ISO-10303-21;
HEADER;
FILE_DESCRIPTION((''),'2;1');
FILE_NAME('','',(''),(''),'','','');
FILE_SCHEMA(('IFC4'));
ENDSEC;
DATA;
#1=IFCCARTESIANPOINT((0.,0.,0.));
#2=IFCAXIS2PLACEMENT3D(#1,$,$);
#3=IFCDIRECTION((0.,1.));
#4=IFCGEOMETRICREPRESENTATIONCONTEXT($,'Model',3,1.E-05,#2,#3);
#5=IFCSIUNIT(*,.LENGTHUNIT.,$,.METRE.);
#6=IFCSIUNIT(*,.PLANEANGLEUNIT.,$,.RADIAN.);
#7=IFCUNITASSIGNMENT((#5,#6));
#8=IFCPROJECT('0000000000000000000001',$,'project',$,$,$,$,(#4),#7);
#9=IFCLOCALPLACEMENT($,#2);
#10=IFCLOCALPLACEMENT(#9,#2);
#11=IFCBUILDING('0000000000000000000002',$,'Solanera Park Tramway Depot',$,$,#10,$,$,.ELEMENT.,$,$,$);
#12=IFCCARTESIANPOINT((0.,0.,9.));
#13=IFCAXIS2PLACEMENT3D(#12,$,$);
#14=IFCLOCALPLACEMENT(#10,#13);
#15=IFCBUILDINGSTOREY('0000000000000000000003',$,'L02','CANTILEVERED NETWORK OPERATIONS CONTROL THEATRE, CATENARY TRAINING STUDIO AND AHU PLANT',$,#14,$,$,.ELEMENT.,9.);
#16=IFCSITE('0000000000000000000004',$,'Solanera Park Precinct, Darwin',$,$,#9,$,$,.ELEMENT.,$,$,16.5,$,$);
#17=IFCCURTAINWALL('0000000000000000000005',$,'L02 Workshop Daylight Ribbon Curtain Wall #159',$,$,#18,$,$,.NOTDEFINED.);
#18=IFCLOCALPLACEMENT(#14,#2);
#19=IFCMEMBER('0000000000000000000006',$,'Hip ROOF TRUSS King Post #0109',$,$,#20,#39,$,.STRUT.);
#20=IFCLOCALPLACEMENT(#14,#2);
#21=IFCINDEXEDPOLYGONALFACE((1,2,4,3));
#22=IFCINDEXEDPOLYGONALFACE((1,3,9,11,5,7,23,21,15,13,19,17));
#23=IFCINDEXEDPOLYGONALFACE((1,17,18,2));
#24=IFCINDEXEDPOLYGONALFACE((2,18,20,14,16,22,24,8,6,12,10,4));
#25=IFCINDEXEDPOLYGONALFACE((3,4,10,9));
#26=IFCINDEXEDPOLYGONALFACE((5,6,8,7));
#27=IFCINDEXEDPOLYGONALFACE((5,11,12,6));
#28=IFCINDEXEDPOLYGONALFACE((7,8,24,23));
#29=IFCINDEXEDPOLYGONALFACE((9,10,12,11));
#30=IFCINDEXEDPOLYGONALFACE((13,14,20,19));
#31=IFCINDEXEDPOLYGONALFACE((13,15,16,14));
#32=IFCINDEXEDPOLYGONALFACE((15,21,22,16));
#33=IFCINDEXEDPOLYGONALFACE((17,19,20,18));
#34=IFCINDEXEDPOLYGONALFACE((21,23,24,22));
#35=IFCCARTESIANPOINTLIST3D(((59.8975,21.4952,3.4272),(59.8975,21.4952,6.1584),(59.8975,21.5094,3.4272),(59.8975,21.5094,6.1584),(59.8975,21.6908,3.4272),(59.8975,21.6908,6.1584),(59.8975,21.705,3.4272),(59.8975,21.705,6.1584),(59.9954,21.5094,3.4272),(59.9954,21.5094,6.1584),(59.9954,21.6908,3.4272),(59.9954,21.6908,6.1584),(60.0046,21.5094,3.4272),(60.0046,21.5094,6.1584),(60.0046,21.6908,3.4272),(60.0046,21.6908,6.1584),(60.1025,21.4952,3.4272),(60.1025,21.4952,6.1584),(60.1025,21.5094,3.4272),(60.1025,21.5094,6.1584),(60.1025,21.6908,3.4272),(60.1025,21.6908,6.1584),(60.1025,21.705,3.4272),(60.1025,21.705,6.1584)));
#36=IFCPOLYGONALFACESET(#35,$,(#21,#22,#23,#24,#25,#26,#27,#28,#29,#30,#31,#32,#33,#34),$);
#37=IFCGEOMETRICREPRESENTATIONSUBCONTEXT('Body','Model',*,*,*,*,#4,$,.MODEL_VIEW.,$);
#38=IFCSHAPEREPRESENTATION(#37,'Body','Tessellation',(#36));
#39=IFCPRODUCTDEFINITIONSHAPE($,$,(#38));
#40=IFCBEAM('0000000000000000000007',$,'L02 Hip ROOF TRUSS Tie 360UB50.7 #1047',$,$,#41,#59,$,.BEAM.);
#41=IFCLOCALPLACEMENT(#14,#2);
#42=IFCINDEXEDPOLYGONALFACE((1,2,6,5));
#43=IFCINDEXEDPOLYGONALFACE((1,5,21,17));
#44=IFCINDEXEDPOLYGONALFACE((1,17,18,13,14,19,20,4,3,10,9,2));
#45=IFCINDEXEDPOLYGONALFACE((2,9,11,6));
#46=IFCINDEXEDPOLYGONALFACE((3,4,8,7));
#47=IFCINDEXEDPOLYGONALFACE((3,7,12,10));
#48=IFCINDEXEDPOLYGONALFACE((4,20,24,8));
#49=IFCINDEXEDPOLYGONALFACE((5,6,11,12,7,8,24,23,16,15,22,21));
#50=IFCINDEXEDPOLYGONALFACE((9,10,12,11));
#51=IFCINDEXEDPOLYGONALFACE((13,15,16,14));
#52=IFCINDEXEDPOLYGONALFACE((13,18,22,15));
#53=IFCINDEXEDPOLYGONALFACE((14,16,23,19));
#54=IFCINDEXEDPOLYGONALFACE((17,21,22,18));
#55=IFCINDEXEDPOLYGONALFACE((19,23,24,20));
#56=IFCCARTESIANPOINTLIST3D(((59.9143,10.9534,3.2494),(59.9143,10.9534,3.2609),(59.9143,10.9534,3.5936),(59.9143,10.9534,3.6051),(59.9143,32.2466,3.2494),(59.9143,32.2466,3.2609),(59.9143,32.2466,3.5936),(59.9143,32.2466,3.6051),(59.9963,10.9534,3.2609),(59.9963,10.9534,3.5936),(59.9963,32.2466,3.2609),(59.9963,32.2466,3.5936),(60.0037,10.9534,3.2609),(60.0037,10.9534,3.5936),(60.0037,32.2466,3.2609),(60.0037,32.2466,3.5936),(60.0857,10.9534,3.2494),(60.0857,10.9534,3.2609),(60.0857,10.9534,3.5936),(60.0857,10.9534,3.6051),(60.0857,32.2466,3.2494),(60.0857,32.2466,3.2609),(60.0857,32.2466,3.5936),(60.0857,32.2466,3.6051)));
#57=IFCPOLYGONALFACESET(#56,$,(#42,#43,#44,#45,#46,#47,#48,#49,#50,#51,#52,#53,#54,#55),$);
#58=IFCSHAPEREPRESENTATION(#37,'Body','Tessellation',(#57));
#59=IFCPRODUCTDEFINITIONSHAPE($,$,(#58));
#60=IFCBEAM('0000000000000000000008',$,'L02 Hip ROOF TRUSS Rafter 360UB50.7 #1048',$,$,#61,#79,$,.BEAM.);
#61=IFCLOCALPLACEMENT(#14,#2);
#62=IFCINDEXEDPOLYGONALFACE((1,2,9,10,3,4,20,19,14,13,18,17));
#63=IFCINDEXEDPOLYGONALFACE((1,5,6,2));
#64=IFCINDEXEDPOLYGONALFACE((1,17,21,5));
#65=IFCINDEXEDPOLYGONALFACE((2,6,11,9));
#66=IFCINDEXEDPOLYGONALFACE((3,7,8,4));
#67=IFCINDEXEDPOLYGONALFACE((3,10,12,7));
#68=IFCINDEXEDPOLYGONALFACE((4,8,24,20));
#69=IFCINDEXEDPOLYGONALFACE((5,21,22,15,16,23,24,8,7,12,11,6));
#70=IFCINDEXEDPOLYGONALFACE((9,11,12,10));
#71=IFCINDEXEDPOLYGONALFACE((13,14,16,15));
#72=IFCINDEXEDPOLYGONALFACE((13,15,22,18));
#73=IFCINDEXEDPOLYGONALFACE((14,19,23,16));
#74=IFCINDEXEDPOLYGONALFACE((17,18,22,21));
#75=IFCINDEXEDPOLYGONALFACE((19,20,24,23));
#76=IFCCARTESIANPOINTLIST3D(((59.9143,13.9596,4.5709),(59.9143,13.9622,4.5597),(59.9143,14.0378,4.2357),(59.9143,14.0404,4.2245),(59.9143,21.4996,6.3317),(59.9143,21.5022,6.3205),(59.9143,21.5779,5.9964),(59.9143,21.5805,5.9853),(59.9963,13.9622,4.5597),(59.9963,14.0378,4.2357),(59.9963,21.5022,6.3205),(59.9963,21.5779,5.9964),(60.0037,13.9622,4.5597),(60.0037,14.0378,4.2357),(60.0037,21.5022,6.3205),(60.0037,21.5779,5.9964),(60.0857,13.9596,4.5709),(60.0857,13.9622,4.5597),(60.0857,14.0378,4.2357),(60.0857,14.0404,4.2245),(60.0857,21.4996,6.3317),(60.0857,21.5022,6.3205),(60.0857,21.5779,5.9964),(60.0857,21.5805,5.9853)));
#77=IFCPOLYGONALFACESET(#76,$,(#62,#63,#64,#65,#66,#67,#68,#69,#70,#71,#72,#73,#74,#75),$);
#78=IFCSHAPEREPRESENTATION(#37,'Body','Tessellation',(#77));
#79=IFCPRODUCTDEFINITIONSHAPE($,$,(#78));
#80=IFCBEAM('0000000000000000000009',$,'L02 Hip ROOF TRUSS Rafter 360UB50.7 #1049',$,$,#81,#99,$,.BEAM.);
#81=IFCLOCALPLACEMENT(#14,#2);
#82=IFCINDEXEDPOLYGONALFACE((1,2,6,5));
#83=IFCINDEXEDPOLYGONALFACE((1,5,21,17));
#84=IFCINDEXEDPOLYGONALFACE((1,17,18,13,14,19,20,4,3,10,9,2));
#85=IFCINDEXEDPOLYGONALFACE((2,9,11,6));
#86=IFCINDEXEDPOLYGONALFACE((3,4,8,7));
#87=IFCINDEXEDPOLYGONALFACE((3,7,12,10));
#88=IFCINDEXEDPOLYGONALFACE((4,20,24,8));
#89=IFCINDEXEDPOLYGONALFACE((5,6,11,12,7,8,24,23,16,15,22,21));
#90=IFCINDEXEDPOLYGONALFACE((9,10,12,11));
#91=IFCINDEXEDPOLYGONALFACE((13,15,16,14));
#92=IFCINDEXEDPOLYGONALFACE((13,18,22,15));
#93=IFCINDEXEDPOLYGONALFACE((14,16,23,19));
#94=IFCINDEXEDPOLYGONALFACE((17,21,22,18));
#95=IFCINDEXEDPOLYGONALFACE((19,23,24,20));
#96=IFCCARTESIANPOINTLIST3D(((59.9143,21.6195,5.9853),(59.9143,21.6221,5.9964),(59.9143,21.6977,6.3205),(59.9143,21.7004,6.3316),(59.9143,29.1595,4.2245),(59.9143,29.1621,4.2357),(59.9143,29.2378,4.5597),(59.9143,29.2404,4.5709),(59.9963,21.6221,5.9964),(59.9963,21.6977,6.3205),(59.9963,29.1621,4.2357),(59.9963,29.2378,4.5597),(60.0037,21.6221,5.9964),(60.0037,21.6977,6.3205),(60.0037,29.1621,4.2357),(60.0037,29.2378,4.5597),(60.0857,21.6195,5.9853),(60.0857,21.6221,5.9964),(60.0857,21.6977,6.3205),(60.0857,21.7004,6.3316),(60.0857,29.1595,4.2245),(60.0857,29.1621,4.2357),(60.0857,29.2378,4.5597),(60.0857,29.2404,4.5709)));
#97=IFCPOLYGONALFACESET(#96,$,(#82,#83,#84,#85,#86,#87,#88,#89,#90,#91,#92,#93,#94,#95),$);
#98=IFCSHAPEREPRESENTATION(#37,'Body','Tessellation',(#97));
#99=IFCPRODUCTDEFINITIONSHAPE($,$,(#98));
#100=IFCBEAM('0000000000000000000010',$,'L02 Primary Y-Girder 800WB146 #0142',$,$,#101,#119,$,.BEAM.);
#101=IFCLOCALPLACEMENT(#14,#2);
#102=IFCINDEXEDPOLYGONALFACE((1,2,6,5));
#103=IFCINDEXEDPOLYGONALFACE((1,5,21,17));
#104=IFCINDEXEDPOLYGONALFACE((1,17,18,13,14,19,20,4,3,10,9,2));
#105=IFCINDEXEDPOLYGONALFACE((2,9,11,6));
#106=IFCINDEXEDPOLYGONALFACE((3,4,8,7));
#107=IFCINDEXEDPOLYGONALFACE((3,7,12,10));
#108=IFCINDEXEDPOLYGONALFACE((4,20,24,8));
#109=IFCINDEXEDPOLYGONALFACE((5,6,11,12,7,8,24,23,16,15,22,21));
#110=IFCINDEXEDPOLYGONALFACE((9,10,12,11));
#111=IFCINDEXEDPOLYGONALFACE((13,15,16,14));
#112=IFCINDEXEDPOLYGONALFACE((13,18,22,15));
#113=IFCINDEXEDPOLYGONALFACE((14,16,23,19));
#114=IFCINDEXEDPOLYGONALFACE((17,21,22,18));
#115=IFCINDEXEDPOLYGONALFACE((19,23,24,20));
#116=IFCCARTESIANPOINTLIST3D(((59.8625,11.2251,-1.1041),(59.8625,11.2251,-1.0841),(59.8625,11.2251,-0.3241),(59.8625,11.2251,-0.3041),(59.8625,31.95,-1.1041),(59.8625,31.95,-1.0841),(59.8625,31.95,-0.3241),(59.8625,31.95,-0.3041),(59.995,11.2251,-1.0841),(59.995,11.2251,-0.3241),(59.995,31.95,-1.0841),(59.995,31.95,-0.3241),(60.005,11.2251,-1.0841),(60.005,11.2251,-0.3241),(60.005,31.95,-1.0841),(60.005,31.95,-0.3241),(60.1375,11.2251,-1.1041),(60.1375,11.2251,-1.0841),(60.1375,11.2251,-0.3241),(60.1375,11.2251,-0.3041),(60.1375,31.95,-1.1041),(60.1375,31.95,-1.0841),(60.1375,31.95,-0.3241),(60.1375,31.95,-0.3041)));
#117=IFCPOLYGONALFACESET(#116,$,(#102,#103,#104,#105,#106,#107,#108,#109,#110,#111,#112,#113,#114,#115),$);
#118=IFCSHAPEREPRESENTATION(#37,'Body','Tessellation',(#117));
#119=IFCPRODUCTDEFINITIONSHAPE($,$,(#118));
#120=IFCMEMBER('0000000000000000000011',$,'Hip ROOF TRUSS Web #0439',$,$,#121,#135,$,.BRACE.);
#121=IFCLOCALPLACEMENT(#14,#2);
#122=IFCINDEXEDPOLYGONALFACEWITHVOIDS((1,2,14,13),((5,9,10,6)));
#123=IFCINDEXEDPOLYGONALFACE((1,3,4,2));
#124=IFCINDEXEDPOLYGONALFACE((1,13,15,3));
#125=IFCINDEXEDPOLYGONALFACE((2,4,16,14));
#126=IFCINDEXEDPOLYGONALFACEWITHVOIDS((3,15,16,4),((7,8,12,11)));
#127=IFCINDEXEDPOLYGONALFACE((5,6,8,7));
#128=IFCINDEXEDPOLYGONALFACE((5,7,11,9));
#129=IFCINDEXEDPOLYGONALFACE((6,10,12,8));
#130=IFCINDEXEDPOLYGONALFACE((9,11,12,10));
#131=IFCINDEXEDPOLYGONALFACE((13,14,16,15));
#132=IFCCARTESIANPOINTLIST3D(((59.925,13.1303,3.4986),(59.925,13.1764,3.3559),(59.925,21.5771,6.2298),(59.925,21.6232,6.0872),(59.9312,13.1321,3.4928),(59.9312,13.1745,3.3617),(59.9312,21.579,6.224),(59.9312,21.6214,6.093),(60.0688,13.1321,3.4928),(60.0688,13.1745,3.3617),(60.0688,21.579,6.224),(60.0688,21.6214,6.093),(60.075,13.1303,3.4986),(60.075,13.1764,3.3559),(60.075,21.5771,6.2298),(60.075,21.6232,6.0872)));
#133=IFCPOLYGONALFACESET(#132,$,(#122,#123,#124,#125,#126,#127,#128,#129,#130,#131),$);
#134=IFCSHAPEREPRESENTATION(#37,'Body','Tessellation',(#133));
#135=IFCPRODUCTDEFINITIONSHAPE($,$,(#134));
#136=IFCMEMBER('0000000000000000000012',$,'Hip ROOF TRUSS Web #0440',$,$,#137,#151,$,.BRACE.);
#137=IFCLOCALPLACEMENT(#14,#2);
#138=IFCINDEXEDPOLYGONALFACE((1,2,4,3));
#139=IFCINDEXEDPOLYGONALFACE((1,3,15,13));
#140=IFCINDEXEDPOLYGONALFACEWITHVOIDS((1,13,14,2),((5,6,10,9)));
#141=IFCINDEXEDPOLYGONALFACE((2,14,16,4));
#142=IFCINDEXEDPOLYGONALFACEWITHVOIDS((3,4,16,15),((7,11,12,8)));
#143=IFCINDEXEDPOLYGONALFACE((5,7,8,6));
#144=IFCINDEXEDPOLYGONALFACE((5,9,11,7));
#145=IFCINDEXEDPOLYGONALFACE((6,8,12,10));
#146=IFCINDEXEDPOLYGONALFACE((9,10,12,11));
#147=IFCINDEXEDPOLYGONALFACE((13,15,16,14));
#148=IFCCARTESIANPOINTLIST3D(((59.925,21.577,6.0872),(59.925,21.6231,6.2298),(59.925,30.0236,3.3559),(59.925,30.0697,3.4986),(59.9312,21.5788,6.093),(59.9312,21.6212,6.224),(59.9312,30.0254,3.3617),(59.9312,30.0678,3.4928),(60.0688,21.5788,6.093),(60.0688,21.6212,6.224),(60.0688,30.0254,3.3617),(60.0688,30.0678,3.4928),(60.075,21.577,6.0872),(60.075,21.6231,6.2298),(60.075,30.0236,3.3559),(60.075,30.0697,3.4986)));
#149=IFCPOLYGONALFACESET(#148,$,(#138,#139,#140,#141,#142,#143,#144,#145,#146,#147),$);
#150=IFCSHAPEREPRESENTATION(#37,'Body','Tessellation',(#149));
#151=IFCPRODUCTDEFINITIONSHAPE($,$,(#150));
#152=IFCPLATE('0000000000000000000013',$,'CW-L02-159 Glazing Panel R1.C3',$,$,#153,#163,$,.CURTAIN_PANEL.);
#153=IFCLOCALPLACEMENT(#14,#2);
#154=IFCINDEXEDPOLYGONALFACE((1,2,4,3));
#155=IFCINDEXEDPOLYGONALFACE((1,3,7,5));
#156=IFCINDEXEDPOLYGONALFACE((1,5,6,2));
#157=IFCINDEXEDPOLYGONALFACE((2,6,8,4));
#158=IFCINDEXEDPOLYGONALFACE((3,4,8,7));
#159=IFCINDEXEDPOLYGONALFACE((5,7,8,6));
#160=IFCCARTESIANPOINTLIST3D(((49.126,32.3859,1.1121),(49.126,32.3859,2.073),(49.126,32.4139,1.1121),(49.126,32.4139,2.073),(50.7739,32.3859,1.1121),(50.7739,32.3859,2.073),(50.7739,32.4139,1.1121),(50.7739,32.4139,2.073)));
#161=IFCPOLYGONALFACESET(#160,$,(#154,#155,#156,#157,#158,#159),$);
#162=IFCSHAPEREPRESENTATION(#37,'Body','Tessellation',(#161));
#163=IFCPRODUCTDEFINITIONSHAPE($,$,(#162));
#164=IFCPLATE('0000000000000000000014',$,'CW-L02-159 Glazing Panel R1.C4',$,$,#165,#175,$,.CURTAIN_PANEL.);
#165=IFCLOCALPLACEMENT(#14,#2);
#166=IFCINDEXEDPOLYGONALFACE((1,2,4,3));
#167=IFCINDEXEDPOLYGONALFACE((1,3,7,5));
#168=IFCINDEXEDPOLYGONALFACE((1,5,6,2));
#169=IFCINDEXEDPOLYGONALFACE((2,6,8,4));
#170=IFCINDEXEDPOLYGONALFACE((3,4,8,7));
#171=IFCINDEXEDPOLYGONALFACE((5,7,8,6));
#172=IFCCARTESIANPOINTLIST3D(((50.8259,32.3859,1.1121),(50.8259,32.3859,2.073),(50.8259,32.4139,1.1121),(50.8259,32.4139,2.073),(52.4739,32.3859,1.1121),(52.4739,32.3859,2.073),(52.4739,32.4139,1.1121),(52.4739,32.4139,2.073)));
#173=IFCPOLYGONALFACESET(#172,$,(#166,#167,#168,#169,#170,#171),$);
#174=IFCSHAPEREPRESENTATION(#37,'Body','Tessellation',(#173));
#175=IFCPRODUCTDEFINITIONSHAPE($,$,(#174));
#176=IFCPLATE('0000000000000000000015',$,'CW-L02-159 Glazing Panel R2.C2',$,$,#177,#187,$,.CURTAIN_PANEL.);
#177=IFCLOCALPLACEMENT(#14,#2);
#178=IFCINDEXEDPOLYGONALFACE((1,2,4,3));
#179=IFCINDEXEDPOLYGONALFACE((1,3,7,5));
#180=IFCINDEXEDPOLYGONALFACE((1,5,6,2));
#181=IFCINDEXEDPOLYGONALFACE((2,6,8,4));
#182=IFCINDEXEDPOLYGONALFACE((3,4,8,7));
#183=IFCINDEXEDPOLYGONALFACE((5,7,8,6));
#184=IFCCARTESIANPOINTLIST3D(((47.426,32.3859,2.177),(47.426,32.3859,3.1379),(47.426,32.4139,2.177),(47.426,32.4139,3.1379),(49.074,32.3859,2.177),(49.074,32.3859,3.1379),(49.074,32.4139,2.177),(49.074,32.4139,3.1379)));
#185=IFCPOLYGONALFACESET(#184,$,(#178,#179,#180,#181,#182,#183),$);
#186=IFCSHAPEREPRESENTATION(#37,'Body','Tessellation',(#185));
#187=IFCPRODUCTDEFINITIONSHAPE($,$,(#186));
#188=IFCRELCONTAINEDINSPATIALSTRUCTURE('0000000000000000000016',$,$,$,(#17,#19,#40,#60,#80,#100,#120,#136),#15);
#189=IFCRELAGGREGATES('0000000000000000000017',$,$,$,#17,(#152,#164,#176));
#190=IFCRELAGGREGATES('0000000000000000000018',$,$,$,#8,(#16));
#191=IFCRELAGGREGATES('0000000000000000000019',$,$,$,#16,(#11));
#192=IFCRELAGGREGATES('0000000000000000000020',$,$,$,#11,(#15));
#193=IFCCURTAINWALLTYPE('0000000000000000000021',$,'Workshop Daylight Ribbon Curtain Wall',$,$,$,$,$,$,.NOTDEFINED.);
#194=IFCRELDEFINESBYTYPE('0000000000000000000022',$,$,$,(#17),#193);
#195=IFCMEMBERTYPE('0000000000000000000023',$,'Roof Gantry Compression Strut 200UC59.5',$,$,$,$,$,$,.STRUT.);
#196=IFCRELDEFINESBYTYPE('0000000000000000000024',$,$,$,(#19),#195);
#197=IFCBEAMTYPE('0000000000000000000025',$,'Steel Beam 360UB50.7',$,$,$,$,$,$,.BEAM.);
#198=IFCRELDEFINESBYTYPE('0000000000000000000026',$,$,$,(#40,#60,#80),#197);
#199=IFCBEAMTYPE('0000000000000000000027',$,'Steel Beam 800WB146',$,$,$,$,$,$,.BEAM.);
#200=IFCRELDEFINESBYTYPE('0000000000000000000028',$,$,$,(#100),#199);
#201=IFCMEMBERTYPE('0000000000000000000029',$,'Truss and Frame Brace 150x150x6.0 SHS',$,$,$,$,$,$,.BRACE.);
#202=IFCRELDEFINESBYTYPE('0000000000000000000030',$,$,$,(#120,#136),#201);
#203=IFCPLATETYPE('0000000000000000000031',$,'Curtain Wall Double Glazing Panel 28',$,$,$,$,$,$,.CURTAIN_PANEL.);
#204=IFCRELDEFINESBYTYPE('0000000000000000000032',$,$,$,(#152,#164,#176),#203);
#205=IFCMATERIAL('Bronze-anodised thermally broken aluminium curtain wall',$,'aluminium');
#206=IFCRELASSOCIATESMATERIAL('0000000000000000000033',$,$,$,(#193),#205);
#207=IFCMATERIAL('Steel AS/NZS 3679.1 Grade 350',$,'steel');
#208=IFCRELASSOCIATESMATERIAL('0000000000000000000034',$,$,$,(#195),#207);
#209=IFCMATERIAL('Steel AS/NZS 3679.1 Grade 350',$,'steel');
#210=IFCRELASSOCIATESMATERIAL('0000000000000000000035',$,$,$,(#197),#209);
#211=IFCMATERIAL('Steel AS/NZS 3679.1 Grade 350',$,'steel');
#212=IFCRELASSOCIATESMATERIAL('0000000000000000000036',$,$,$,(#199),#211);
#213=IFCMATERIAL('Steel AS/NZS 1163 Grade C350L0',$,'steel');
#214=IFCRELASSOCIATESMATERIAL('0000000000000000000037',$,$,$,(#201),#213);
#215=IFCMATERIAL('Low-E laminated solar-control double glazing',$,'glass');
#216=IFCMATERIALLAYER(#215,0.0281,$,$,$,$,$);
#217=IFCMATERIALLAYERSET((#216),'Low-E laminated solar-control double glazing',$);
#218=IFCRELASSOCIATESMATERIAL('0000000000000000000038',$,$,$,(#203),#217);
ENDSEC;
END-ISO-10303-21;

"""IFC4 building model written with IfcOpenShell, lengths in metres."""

from ifc_helpers import new_model, si_unit, direction, frame, origin, origin_2d, place, context, subcontext, project, spatial, rectangle, hollow_rectangle, i_section, extrude, material, layer, layer_set, material_profile, profile_set, type_object, element, aggregate, save


model = new_model("IFC4")

# Units and contexts
model_context = context("Model", 3, precision=1e-05, world=origin(), true_north=direction((0.0, 1.0)))
body_context = subcontext(model_context, "Body", "Model", "MODEL_VIEW")
ifc_project = project(units=[si_unit("LENGTHUNIT", "METRE"), si_unit("PLANEANGLEUNIT", "RADIAN")], contexts=[model_context])

# Site, building, storey
site_placement = place(None, origin())
site = spatial("IfcSite", under=ifc_project, at=site_placement, Name="Solanera Park Precinct, Darwin", CompositionType="ELEMENT", RefElevation=16.5)
building_placement = place(site_placement, origin())
building = spatial("IfcBuilding", under=site, at=building_placement, Name="Solanera Park Tramway Depot", CompositionType="ELEMENT")
storey_placement = place(building_placement, frame((0.0, 0.0, 9.0)))
storey = spatial("IfcBuildingStorey", under=building, at=storey_placement, Name="L02", Description="CANTILEVERED NETWORK OPERATIONS CONTROL THEATRE, CATENARY TRAINING STUDIO AND AHU PLANT", CompositionType="ELEMENT", Elevation=9.0)

# Curtain wall
ifc_material_1 = material(Name="Bronze-anodised thermally broken aluminium curtain wall", Category="aluminium")
curtain_wall_type = type_object("IfcCurtainWallType", Name="Workshop Daylight Ribbon Curtain Wall", PredefinedType="NOTDEFINED", material=ifc_material_1)
curtain_wall_placement = place(storey_placement, origin())
curtain_wall = element("IfcCurtainWall", 1, at=curtain_wall_placement, inside=storey, type_object=curtain_wall_type, Name="L02 Workshop Daylight Ribbon Curtain Wall #159", PredefinedType="NOTDEFINED")

# Member
ifc_material_2 = material(Name="Steel AS/NZS 3679.1 Grade 350", Category="steel")
ifc_material_profile_1 = material_profile(ifc_material_2, i_section(OverallWidth=0.2051, OverallDepth=0.2097, WebThickness=0.0093, FlangeThickness=0.0142, at=origin_2d()), Name="200UC59.5")
ifc_profile_set_1 = profile_set([ifc_material_profile_1], Name="Steel AS/NZS 3679.1 Grade 350")
member_type_1 = type_object("IfcMemberType", Name="Roof Gantry Compression Strut 200UC59.5", PredefinedType="STRUT", material=ifc_profile_set_1)
member_1_placement = place(storey_placement, frame((60.0, 21.6001, 3.4272), z_axis=(0.0, 0.0, 1.0), x_axis=(1.0, 0.0, 0.0)))
element("IfcMember", 2, at=member_1_placement, inside=storey, type_object=member_type_1, Name="Hip ROOF TRUSS King Post #0109", PredefinedType="STRUT", context=body_context, shape_type="SweptSolid", body=[
    extrude(i_section(OverallWidth=0.2051, OverallDepth=0.2097, WebThickness=0.0093, FlangeThickness=0.0142, at=origin_2d()), origin(), (0.0, 0.0, 1.0), 2.7312),
])

# Beams
ifc_material_3 = material(Name="Steel AS/NZS 3679.1 Grade 350", Category="steel")
ifc_material_profile_2 = material_profile(ifc_material_3, i_section(OverallWidth=0.1714, OverallDepth=0.3557, WebThickness=0.0073, FlangeThickness=0.0115, at=origin_2d()), Name="360UB50.7")
ifc_profile_set_2 = profile_set([ifc_material_profile_2], Name="Steel AS/NZS 3679.1 Grade 350")
beam_type_1 = type_object("IfcBeamType", Name="Steel Beam 360UB50.7", PredefinedType="BEAM", material=ifc_profile_set_2)
beam_1_placement = place(storey_placement, frame((60.0, 10.9534, 3.4272), z_axis=(0.0, 1.0, 0.0), x_axis=(-1.0, 0.0, 0.0)))
element("IfcBeam", 3, at=beam_1_placement, inside=storey, type_object=beam_type_1, Name="L02 Hip ROOF TRUSS Tie 360UB50.7 #1047", PredefinedType="BEAM", context=body_context, shape_type="SweptSolid", body=[
    extrude(i_section(OverallWidth=0.1714, OverallDepth=0.3557, WebThickness=0.0073, FlangeThickness=0.0115, at=origin_2d()), origin(), (0.0, 0.0, 1.0), 21.2932),
])
for number, where, z_axis, x_axis, name in (
    (4, (60.0, 14.0, 4.3977), (0.0, 0.973801, 0.227401), (-1.0, 0.0, 0.0), "L02 Hip ROOF TRUSS Rafter 360UB50.7 #1048"),
    (5, (60.0, 21.6599, 6.1584), (0.0, 0.973801, -0.227401), (-1.0, 0.0, 0.0), "L02 Hip ROOF TRUSS Rafter 360UB50.7 #1049"),
):
    element("IfcBeam", number, at=place(storey_placement, frame(where, z_axis=z_axis, x_axis=x_axis)), inside=storey, type_object=beam_type_1, Name=name, PredefinedType="BEAM", context=body_context, shape_type="SweptSolid", body=[
        extrude(i_section(OverallWidth=0.1714, OverallDepth=0.3557, WebThickness=0.0073, FlangeThickness=0.0115, at=origin_2d()), origin(), (0.0, 0.0, 1.0), 7.7429),
    ])
ifc_material_4 = material(Name="Steel AS/NZS 3679.1 Grade 350", Category="steel")
ifc_material_profile_3 = material_profile(ifc_material_4, i_section(OverallWidth=0.2749, OverallDepth=0.8, WebThickness=0.01, FlangeThickness=0.02, at=origin_2d()), Name="800WB146")
ifc_profile_set_3 = profile_set([ifc_material_profile_3], Name="Steel AS/NZS 3679.1 Grade 350")
beam_type_2 = type_object("IfcBeamType", Name="Steel Beam 800WB146", PredefinedType="BEAM", material=ifc_profile_set_3)
beam_2_placement = place(storey_placement, frame((60.0, 11.2251, -0.7041), z_axis=(0.0, 1.0, 0.0), x_axis=(-1.0, 0.0, 0.0)))
element("IfcBeam", 6, at=beam_2_placement, inside=storey, type_object=beam_type_2, Name="L02 Primary Y-Girder 800WB146 #0142", PredefinedType="BEAM", context=body_context, shape_type="SweptSolid", body=[
    extrude(i_section(OverallWidth=0.2749, OverallDepth=0.8, WebThickness=0.01, FlangeThickness=0.02, at=origin_2d()), origin(), (0.0, 0.0, 1.0), 20.7249),
])

# Members
ifc_material_5 = material(Name="Steel AS/NZS 1163 Grade C350L0", Category="steel")
ifc_material_profile_4 = material_profile(ifc_material_5, hollow_rectangle(XDim=0.1499, YDim=0.1499, WallThickness=0.0061, at=origin_2d()), Name="150x150x6.0 SHS")
ifc_profile_set_4 = profile_set([ifc_material_profile_4], Name="Steel AS/NZS 1163 Grade C350L0")
member_type_2 = type_object("IfcMemberType", Name="Truss and Frame Brace 150x150x6.0 SHS", PredefinedType="BRACE", material=ifc_profile_set_4)
member_2_placement = place(storey_placement, frame((60.0, 13.1533, 3.4272), z_axis=(0.0, 0.951497, 0.307659), x_axis=(-1.0, 0.0, 0.0)))
element("IfcMember", 7, at=member_2_placement, inside=storey, type_object=member_type_2, Name="Hip ROOF TRUSS Web #0439", PredefinedType="BRACE", context=body_context, shape_type="SweptSolid", body=[
    extrude(hollow_rectangle(XDim=0.1499, YDim=0.1499, WallThickness=0.0061, at=origin_2d()), origin(), (0.0, 0.0, 1.0), 8.8774),
])
member_3_placement = place(storey_placement, frame((60.0, 30.0466, 3.4272), z_axis=(0.0, -0.951494, 0.307667), x_axis=(1.0, 0.0, 0.0)))
element("IfcMember", 8, at=member_3_placement, inside=storey, type_object=member_type_2, Name="Hip ROOF TRUSS Web #0440", PredefinedType="BRACE", context=body_context, shape_type="SweptSolid", body=[
    extrude(hollow_rectangle(XDim=0.1499, YDim=0.1499, WallThickness=0.0061, at=origin_2d()), origin(), (0.0, 0.0, 1.0), 8.8772),
])

# Plates
ifc_material_6 = material(Name="Low-E laminated solar-control double glazing", Category="glass")
ifc_layer_1 = layer(ifc_material_6, 0.0281)
ifc_layer_set_1 = layer_set([ifc_layer_1], Name="Low-E laminated solar-control double glazing")
plate_type_1 = type_object("IfcPlateType", Name="Curtain Wall Double Glazing Panel 28", PredefinedType="CURTAIN_PANEL", material=ifc_layer_set_1)
plate_1_placement = place(storey_placement, frame((49.95, 32.3999, 1.1121), z_axis=(0.0, 0.0, 1.0), x_axis=(1.0, 0.0, 0.0)))
plate_1 = element("IfcPlate", 9, at=plate_1_placement, type_object=plate_type_1, Name="CW-L02-159 Glazing Panel R1.C3", PredefinedType="CURTAIN_PANEL", context=body_context, shape_type="SweptSolid", body=[
    extrude(rectangle(XDim=1.6479, YDim=0.0281, at=origin_2d()), origin(), (0.0, 0.0, 1.0), 0.9609),
])
plate_2_placement = place(storey_placement, frame((51.6499, 32.3999, 1.1121), z_axis=(0.0, 0.0, 1.0), x_axis=(1.0, 0.0, 0.0)))
plate_2 = element("IfcPlate", 10, at=plate_2_placement, type_object=plate_type_1, Name="CW-L02-159 Glazing Panel R1.C4", PredefinedType="CURTAIN_PANEL", context=body_context, shape_type="SweptSolid", body=[
    extrude(rectangle(XDim=1.6479, YDim=0.0281, at=origin_2d()), origin(), (0.0, 0.0, 1.0), 0.9609),
])
plate_3_placement = place(storey_placement, frame((48.25, 32.3999, 2.177), z_axis=(0.0, 0.0, 1.0), x_axis=(1.0, 0.0, 0.0)))
plate_3 = element("IfcPlate", 11, at=plate_3_placement, type_object=plate_type_1, Name="CW-L02-159 Glazing Panel R2.C2", PredefinedType="CURTAIN_PANEL", context=body_context, shape_type="SweptSolid", body=[
    extrude(rectangle(XDim=1.6479, YDim=0.0281, at=origin_2d()), origin(), (0.0, 0.0, 1.0), 0.9609),
])
aggregate(curtain_wall, [plate_1, plate_2, plate_3])

save(model, "model.ifc")
